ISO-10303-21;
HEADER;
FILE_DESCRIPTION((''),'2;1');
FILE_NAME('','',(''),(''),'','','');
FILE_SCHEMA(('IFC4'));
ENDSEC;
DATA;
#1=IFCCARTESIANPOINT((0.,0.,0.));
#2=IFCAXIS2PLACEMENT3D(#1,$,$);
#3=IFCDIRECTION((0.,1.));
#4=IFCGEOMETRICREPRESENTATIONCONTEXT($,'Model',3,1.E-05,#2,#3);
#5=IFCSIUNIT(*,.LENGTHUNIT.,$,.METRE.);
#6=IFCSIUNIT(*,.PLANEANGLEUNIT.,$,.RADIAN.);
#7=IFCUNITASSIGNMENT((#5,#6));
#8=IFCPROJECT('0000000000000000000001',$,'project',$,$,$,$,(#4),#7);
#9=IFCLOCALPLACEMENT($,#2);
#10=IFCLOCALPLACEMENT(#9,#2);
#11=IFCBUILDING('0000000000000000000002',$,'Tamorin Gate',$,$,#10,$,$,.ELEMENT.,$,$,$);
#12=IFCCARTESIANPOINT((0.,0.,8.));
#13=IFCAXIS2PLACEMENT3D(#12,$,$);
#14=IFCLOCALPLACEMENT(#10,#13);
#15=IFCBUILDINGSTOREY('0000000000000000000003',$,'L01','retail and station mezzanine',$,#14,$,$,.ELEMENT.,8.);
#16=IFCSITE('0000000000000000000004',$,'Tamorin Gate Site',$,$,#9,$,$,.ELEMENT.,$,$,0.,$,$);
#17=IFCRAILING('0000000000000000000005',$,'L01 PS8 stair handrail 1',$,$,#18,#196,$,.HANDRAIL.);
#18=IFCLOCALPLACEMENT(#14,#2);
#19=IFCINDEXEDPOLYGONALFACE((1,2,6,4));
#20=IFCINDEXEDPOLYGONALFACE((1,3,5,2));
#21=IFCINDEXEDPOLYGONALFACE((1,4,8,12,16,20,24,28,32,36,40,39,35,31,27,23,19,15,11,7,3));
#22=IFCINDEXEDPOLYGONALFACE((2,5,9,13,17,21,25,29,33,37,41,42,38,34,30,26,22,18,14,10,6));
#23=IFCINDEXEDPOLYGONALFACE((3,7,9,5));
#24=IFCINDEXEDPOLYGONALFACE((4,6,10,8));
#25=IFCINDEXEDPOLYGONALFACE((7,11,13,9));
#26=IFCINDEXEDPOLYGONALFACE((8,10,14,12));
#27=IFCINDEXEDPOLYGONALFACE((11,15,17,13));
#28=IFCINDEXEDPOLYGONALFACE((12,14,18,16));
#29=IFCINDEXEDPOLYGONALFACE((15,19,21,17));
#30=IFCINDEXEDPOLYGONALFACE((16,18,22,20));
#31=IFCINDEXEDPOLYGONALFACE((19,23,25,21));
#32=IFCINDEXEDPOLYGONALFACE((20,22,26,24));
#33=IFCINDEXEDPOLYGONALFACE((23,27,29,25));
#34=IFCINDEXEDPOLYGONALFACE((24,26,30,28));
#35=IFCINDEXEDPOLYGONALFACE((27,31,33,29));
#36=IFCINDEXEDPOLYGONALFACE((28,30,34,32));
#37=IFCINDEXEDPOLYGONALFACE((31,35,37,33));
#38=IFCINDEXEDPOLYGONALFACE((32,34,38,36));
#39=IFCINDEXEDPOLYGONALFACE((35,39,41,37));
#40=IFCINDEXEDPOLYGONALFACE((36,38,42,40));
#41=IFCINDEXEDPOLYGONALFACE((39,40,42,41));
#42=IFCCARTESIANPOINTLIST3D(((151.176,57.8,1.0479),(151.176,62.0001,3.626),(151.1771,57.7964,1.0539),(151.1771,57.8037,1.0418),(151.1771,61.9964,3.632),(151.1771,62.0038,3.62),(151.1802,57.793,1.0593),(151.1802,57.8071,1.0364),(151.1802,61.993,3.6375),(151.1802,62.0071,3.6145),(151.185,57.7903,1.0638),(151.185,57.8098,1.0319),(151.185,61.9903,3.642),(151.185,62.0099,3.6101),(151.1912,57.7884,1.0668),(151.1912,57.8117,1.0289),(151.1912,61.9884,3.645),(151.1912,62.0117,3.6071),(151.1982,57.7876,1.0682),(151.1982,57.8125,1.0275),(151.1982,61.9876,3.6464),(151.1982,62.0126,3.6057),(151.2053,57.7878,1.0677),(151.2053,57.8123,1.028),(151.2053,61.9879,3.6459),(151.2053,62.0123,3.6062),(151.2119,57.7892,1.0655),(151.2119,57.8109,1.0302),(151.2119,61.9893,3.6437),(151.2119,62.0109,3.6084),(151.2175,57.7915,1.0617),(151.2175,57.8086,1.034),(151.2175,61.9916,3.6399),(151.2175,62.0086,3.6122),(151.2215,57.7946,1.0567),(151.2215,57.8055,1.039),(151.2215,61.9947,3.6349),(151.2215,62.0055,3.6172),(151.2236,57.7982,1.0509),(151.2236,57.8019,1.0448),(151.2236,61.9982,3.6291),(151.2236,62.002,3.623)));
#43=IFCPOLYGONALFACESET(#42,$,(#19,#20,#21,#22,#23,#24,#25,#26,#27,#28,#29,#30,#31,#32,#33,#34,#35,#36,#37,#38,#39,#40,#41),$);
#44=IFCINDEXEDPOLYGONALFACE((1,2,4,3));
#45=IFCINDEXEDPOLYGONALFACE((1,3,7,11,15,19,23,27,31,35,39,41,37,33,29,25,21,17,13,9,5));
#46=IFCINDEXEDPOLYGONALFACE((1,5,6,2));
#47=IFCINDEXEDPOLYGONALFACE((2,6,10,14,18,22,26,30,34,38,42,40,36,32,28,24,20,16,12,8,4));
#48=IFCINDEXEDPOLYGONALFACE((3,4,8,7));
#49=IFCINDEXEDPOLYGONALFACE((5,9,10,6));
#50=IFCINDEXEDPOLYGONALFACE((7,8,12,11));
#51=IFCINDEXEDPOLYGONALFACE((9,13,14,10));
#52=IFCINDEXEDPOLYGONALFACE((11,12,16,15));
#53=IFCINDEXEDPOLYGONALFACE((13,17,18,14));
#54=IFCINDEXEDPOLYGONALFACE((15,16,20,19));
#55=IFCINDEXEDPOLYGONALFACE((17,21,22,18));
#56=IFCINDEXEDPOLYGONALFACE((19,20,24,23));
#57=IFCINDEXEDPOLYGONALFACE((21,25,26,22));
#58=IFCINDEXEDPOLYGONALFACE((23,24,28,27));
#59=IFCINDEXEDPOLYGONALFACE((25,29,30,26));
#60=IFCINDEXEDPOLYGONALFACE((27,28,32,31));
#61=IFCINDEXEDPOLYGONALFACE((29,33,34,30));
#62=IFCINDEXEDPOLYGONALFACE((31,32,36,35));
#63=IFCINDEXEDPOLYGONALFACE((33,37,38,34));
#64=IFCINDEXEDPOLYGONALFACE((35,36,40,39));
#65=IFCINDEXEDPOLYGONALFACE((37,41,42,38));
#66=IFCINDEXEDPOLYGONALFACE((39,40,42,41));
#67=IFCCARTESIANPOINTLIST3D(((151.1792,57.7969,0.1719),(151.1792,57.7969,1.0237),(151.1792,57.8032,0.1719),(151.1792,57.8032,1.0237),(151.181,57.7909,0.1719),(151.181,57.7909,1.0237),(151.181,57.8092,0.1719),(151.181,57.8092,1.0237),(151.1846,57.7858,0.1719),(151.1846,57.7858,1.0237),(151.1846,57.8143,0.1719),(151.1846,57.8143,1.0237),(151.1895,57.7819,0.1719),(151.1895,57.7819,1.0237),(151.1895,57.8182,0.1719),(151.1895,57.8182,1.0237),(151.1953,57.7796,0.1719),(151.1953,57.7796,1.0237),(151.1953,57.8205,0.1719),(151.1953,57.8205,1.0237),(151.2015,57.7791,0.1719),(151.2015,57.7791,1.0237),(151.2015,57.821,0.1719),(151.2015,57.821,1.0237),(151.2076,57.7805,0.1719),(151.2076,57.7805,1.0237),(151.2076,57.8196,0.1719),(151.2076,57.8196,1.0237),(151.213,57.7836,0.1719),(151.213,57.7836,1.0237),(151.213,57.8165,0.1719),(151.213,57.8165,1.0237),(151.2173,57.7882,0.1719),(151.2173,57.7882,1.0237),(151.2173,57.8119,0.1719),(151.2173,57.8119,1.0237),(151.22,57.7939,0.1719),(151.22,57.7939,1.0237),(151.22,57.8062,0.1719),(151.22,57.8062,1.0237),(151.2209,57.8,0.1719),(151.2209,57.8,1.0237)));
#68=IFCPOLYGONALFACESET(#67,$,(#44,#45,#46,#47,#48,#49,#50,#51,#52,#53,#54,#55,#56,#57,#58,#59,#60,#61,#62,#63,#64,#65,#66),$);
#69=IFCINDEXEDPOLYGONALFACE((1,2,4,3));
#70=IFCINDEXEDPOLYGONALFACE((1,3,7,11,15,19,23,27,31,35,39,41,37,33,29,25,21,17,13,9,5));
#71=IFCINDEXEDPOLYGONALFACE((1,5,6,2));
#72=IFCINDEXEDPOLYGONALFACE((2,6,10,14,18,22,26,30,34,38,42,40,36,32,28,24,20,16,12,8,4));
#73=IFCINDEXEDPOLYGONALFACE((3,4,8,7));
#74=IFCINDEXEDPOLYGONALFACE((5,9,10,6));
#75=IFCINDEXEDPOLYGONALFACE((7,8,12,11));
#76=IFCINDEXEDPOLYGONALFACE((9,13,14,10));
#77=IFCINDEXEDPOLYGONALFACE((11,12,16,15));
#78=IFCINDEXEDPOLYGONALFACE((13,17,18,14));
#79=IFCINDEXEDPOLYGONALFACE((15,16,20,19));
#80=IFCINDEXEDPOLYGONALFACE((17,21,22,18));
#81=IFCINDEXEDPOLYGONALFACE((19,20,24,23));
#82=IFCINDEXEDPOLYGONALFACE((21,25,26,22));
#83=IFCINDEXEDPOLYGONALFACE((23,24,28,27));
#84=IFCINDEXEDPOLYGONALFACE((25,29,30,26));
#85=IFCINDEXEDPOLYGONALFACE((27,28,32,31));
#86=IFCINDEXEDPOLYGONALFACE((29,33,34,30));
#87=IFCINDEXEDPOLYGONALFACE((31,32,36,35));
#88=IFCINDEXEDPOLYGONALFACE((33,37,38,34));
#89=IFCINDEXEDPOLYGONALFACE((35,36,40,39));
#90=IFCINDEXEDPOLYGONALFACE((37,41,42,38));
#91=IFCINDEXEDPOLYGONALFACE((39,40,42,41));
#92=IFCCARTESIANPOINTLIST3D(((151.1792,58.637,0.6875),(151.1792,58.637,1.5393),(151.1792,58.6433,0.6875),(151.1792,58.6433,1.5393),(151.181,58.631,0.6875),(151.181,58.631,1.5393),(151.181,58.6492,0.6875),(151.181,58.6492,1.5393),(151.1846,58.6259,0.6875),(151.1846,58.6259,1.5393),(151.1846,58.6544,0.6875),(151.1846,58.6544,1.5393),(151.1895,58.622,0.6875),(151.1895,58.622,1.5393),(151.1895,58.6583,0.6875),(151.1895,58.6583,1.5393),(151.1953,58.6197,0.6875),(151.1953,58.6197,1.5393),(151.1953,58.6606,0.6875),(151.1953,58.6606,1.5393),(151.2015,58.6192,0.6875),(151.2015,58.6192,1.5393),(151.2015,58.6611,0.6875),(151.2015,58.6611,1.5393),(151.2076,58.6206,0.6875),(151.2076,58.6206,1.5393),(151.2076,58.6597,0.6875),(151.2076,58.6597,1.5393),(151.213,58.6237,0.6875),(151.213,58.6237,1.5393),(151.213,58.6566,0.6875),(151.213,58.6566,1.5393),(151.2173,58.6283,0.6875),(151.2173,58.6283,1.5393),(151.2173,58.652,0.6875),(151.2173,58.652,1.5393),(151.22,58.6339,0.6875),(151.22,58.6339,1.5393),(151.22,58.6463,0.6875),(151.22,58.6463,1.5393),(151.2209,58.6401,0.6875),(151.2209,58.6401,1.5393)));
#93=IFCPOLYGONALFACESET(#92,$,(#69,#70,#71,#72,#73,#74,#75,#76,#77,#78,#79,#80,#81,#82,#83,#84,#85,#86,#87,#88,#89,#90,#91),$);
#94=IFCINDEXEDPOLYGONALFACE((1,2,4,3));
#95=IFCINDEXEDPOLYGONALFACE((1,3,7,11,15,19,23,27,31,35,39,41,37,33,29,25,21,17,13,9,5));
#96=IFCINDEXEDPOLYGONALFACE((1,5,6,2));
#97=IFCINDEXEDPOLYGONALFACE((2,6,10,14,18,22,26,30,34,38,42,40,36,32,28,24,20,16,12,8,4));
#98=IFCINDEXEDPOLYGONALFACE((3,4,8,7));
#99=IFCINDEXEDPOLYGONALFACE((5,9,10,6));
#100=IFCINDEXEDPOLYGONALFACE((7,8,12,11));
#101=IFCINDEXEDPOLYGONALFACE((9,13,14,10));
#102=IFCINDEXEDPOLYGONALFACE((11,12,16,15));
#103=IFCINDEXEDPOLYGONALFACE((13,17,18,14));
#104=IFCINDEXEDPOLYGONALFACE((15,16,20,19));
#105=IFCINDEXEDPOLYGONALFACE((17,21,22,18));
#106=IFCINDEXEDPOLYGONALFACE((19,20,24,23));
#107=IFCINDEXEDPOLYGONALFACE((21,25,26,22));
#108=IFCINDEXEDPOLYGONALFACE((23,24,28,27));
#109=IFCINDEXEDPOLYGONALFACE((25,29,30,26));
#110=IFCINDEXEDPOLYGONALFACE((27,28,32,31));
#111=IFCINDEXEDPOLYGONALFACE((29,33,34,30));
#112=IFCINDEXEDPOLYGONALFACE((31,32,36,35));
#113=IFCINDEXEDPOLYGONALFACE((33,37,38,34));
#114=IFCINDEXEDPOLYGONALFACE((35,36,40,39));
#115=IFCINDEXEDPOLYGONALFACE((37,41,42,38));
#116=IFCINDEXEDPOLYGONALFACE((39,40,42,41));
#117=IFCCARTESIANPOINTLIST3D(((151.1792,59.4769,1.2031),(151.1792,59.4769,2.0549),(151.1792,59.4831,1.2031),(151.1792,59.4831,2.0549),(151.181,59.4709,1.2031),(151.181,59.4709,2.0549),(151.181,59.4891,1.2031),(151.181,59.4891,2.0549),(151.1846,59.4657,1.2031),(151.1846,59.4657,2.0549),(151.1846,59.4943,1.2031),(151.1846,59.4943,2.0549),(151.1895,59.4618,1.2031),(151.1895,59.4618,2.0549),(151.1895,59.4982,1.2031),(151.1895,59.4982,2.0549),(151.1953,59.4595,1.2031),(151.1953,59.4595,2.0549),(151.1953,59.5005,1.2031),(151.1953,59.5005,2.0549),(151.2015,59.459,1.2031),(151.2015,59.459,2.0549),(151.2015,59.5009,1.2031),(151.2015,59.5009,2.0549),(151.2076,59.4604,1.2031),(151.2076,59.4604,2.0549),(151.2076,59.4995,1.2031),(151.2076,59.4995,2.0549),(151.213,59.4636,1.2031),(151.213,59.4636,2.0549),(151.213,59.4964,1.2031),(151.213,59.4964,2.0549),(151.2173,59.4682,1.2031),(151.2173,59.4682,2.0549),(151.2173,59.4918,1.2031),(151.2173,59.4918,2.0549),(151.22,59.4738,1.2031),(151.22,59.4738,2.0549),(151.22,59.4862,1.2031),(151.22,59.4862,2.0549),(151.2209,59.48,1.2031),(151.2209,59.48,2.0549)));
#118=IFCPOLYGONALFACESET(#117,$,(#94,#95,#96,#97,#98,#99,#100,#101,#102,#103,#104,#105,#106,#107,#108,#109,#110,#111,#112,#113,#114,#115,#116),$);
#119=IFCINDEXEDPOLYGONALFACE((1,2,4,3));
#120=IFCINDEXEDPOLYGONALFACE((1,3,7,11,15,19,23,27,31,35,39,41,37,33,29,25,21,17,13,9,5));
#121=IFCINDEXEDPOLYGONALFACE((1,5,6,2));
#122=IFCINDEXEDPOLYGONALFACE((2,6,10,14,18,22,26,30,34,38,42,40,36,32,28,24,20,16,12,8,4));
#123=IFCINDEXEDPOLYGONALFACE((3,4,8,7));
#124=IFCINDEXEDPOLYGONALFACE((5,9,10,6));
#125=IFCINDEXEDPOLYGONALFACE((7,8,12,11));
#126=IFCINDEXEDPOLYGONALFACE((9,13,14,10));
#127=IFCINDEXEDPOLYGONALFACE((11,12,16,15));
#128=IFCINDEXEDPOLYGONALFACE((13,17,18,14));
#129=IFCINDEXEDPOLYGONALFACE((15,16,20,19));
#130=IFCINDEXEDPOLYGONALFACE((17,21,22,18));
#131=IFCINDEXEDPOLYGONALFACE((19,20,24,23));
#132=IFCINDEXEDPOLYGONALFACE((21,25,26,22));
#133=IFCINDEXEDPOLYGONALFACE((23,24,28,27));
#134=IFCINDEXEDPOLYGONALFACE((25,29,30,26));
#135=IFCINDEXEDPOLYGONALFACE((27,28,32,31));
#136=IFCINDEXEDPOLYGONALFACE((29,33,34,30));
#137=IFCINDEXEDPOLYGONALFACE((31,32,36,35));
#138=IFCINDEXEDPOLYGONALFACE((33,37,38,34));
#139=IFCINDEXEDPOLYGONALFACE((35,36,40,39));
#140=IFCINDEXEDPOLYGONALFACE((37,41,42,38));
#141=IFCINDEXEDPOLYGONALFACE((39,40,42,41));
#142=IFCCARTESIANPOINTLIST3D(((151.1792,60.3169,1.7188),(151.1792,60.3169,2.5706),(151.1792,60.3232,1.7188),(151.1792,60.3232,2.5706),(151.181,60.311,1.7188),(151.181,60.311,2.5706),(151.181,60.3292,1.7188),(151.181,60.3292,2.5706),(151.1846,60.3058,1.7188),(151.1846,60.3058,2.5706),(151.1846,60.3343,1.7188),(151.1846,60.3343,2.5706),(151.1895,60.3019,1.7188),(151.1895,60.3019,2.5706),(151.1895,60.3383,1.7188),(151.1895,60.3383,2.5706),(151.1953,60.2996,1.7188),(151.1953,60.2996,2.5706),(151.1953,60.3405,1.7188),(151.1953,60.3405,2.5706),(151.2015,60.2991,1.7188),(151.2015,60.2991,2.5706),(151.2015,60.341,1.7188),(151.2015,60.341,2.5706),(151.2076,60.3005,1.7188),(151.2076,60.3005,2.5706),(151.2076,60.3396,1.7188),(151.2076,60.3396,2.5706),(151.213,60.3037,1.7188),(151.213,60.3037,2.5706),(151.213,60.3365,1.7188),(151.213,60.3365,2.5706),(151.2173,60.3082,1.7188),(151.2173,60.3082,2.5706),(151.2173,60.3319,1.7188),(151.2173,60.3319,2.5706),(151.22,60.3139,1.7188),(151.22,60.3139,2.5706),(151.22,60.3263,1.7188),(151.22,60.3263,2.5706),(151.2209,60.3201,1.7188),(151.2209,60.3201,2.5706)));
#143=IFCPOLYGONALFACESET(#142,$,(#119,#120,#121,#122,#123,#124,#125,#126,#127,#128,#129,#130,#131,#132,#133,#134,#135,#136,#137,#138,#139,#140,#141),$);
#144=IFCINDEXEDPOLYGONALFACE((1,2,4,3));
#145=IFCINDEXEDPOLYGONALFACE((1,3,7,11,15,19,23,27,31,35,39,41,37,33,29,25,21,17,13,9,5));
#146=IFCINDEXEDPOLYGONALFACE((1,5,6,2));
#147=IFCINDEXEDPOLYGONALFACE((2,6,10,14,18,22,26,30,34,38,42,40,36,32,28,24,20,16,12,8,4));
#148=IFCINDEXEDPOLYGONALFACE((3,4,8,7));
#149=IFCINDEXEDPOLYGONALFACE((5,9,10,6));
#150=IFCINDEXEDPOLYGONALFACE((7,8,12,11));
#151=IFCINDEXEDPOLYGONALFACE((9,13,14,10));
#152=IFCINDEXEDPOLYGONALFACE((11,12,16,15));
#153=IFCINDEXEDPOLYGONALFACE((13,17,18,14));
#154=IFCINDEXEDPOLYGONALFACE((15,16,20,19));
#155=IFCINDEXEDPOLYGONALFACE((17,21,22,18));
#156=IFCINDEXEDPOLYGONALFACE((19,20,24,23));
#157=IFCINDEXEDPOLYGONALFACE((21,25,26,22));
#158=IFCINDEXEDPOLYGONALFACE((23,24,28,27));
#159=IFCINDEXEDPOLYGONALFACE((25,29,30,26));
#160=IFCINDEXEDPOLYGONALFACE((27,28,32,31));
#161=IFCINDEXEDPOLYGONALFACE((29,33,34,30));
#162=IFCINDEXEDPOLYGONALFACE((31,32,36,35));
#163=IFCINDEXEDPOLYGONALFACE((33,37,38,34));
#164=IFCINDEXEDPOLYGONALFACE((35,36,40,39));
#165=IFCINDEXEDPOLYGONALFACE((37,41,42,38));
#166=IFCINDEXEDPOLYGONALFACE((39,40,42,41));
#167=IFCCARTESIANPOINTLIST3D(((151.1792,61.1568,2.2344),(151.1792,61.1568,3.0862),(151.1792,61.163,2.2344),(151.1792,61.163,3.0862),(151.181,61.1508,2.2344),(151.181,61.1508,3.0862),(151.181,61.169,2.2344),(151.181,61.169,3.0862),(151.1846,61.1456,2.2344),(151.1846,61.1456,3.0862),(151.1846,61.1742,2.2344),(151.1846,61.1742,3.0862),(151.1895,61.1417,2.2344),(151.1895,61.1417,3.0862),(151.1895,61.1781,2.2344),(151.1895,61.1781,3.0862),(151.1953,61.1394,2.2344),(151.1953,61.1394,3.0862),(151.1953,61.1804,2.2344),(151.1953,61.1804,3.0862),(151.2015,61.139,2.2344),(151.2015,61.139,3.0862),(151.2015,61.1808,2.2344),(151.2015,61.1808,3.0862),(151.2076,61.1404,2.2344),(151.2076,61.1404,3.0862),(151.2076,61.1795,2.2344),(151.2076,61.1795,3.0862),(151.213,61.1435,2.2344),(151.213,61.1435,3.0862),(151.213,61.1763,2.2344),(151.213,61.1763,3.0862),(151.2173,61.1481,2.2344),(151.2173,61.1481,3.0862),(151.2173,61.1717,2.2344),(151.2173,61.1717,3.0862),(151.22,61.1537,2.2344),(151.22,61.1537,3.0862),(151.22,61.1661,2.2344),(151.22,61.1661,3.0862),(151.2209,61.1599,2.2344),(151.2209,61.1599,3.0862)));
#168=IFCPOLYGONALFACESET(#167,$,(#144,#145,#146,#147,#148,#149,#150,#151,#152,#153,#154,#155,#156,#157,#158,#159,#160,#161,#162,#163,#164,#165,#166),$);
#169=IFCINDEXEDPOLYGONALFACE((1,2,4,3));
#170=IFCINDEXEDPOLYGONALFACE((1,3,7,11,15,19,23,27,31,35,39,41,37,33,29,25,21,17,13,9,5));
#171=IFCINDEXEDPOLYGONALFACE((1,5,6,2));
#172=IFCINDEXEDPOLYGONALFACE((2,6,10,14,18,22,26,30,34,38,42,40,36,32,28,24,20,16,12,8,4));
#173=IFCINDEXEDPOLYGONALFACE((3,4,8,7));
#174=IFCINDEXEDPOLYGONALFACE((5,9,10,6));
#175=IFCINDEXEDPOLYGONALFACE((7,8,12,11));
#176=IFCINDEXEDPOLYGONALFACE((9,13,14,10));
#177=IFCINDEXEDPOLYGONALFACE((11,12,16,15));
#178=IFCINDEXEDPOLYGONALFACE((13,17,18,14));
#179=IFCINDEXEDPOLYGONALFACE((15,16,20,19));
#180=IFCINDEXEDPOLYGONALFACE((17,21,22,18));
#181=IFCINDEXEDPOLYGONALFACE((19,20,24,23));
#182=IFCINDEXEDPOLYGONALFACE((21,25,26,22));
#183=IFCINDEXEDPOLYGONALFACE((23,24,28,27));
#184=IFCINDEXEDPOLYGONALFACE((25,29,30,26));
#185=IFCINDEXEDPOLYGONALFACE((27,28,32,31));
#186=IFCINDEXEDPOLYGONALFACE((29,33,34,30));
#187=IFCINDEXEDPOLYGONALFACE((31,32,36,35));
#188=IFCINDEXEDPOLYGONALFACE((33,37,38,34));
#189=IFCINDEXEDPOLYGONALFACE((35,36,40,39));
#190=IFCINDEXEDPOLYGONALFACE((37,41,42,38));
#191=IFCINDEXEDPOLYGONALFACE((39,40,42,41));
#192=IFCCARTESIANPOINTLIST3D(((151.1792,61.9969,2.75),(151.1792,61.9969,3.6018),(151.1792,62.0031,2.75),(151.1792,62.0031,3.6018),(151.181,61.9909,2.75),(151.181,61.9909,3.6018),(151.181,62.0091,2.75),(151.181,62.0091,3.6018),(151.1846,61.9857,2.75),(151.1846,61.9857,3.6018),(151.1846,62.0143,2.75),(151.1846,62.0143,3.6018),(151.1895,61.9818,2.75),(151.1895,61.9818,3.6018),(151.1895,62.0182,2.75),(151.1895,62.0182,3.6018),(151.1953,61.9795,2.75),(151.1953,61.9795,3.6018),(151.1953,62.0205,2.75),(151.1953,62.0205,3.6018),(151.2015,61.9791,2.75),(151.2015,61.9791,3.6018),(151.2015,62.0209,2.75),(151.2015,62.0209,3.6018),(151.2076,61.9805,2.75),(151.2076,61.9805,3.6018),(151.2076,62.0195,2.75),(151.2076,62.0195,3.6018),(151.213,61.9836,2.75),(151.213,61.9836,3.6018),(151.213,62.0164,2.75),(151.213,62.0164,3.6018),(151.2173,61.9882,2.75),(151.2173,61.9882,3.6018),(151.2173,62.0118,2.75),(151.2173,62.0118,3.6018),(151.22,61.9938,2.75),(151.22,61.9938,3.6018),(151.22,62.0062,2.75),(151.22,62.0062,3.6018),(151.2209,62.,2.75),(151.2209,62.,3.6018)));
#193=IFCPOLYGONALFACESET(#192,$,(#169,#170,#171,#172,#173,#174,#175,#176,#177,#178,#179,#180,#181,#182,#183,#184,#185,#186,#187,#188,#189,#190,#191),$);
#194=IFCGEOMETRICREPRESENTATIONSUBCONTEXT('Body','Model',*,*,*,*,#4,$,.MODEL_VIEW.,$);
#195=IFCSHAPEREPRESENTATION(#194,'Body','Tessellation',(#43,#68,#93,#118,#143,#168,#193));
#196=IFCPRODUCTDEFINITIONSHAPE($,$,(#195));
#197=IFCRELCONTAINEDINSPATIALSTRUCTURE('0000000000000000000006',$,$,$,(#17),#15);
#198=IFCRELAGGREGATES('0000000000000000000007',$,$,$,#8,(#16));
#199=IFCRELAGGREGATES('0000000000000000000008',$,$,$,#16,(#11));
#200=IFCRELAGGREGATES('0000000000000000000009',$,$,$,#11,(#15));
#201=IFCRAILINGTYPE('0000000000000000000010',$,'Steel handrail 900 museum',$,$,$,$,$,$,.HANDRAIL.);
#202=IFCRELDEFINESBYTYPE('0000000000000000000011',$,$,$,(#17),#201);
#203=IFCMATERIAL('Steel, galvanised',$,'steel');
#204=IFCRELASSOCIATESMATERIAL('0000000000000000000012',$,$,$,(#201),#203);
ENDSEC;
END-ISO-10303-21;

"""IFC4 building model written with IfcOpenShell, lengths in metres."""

from ifc_helpers import new_model, si_unit, direction, frame, origin, origin_2d, place, context, subcontext, project, spatial, circle, extrude, material, type_object, element, save


model = new_model("IFC4")

# Units and contexts
model_context = context("Model", 3, precision=1e-05, world=origin(), true_north=direction((0.0, 1.0)))
body_context = subcontext(model_context, "Body", "Model", "MODEL_VIEW")
ifc_project = project(units=[si_unit("LENGTHUNIT", "METRE"), si_unit("PLANEANGLEUNIT", "RADIAN")], contexts=[model_context])

# Site, building, storey
site_placement = place(None, origin())
site = spatial("IfcSite", under=ifc_project, at=site_placement, Name="Tamorin Gate Site", CompositionType="ELEMENT", RefElevation=0.0)
building_placement = place(site_placement, origin())
building = spatial("IfcBuilding", under=site, at=building_placement, Name="Tamorin Gate", CompositionType="ELEMENT")
storey_placement = place(building_placement, frame((0.0, 0.0, 8.0)))
storey = spatial("IfcBuildingStorey", under=building, at=storey_placement, Name="L01", Description="retail and station mezzanine", CompositionType="ELEMENT", Elevation=8.0)

# Railing
ifc_material_1 = material(Name="Steel, galvanised", Category="steel")
railing_type_1 = type_object("IfcRailingType", Name="Steel handrail 900 museum", PredefinedType="HANDRAIL", material=ifc_material_1)
railing_1_placement = place(storey_placement, frame((151.2, 57.8, 0.1719)))
element("IfcRailing", 1, at=railing_1_placement, inside=storey, type_object=railing_type_1, Name="L01 PS8 stair handrail 1", PredefinedType="HANDRAIL", context=body_context, shape_type="SweptSolid", body=[
    extrude(circle(Radius=0.0239, at=origin_2d()), frame((0.0, 0.0, 0.876), z_axis=(0.0, 0.852243, 0.523146), x_axis=(-1.0, 0.0, 0.0)), (0.0, 0.0, 1.0), 4.9282),
    extrude(circle(Radius=0.021, at=origin_2d()), origin(), (0.0, 0.0, 1.0), 0.8518),
    extrude(circle(Radius=0.021, at=origin_2d()), frame((0.0, 0.8401, 0.5156)), (0.0, 0.0, 1.0), 0.8518),
    extrude(circle(Radius=0.021, at=origin_2d()), frame((0.0, 1.6799, 1.0312)), (0.0, 0.0, 1.0), 0.8518),
    extrude(circle(Radius=0.021, at=origin_2d()), frame((0.0, 2.52, 1.5469)), (0.0, 0.0, 1.0), 0.8518),
    extrude(circle(Radius=0.021, at=origin_2d()), frame((0.0, 3.3599, 2.0625)), (0.0, 0.0, 1.0), 0.8518),
    extrude(circle(Radius=0.021, at=origin_2d()), frame((0.0, 4.2, 2.5781)), (0.0, 0.0, 1.0), 0.8518),
])

save(model, "model.ifc")
